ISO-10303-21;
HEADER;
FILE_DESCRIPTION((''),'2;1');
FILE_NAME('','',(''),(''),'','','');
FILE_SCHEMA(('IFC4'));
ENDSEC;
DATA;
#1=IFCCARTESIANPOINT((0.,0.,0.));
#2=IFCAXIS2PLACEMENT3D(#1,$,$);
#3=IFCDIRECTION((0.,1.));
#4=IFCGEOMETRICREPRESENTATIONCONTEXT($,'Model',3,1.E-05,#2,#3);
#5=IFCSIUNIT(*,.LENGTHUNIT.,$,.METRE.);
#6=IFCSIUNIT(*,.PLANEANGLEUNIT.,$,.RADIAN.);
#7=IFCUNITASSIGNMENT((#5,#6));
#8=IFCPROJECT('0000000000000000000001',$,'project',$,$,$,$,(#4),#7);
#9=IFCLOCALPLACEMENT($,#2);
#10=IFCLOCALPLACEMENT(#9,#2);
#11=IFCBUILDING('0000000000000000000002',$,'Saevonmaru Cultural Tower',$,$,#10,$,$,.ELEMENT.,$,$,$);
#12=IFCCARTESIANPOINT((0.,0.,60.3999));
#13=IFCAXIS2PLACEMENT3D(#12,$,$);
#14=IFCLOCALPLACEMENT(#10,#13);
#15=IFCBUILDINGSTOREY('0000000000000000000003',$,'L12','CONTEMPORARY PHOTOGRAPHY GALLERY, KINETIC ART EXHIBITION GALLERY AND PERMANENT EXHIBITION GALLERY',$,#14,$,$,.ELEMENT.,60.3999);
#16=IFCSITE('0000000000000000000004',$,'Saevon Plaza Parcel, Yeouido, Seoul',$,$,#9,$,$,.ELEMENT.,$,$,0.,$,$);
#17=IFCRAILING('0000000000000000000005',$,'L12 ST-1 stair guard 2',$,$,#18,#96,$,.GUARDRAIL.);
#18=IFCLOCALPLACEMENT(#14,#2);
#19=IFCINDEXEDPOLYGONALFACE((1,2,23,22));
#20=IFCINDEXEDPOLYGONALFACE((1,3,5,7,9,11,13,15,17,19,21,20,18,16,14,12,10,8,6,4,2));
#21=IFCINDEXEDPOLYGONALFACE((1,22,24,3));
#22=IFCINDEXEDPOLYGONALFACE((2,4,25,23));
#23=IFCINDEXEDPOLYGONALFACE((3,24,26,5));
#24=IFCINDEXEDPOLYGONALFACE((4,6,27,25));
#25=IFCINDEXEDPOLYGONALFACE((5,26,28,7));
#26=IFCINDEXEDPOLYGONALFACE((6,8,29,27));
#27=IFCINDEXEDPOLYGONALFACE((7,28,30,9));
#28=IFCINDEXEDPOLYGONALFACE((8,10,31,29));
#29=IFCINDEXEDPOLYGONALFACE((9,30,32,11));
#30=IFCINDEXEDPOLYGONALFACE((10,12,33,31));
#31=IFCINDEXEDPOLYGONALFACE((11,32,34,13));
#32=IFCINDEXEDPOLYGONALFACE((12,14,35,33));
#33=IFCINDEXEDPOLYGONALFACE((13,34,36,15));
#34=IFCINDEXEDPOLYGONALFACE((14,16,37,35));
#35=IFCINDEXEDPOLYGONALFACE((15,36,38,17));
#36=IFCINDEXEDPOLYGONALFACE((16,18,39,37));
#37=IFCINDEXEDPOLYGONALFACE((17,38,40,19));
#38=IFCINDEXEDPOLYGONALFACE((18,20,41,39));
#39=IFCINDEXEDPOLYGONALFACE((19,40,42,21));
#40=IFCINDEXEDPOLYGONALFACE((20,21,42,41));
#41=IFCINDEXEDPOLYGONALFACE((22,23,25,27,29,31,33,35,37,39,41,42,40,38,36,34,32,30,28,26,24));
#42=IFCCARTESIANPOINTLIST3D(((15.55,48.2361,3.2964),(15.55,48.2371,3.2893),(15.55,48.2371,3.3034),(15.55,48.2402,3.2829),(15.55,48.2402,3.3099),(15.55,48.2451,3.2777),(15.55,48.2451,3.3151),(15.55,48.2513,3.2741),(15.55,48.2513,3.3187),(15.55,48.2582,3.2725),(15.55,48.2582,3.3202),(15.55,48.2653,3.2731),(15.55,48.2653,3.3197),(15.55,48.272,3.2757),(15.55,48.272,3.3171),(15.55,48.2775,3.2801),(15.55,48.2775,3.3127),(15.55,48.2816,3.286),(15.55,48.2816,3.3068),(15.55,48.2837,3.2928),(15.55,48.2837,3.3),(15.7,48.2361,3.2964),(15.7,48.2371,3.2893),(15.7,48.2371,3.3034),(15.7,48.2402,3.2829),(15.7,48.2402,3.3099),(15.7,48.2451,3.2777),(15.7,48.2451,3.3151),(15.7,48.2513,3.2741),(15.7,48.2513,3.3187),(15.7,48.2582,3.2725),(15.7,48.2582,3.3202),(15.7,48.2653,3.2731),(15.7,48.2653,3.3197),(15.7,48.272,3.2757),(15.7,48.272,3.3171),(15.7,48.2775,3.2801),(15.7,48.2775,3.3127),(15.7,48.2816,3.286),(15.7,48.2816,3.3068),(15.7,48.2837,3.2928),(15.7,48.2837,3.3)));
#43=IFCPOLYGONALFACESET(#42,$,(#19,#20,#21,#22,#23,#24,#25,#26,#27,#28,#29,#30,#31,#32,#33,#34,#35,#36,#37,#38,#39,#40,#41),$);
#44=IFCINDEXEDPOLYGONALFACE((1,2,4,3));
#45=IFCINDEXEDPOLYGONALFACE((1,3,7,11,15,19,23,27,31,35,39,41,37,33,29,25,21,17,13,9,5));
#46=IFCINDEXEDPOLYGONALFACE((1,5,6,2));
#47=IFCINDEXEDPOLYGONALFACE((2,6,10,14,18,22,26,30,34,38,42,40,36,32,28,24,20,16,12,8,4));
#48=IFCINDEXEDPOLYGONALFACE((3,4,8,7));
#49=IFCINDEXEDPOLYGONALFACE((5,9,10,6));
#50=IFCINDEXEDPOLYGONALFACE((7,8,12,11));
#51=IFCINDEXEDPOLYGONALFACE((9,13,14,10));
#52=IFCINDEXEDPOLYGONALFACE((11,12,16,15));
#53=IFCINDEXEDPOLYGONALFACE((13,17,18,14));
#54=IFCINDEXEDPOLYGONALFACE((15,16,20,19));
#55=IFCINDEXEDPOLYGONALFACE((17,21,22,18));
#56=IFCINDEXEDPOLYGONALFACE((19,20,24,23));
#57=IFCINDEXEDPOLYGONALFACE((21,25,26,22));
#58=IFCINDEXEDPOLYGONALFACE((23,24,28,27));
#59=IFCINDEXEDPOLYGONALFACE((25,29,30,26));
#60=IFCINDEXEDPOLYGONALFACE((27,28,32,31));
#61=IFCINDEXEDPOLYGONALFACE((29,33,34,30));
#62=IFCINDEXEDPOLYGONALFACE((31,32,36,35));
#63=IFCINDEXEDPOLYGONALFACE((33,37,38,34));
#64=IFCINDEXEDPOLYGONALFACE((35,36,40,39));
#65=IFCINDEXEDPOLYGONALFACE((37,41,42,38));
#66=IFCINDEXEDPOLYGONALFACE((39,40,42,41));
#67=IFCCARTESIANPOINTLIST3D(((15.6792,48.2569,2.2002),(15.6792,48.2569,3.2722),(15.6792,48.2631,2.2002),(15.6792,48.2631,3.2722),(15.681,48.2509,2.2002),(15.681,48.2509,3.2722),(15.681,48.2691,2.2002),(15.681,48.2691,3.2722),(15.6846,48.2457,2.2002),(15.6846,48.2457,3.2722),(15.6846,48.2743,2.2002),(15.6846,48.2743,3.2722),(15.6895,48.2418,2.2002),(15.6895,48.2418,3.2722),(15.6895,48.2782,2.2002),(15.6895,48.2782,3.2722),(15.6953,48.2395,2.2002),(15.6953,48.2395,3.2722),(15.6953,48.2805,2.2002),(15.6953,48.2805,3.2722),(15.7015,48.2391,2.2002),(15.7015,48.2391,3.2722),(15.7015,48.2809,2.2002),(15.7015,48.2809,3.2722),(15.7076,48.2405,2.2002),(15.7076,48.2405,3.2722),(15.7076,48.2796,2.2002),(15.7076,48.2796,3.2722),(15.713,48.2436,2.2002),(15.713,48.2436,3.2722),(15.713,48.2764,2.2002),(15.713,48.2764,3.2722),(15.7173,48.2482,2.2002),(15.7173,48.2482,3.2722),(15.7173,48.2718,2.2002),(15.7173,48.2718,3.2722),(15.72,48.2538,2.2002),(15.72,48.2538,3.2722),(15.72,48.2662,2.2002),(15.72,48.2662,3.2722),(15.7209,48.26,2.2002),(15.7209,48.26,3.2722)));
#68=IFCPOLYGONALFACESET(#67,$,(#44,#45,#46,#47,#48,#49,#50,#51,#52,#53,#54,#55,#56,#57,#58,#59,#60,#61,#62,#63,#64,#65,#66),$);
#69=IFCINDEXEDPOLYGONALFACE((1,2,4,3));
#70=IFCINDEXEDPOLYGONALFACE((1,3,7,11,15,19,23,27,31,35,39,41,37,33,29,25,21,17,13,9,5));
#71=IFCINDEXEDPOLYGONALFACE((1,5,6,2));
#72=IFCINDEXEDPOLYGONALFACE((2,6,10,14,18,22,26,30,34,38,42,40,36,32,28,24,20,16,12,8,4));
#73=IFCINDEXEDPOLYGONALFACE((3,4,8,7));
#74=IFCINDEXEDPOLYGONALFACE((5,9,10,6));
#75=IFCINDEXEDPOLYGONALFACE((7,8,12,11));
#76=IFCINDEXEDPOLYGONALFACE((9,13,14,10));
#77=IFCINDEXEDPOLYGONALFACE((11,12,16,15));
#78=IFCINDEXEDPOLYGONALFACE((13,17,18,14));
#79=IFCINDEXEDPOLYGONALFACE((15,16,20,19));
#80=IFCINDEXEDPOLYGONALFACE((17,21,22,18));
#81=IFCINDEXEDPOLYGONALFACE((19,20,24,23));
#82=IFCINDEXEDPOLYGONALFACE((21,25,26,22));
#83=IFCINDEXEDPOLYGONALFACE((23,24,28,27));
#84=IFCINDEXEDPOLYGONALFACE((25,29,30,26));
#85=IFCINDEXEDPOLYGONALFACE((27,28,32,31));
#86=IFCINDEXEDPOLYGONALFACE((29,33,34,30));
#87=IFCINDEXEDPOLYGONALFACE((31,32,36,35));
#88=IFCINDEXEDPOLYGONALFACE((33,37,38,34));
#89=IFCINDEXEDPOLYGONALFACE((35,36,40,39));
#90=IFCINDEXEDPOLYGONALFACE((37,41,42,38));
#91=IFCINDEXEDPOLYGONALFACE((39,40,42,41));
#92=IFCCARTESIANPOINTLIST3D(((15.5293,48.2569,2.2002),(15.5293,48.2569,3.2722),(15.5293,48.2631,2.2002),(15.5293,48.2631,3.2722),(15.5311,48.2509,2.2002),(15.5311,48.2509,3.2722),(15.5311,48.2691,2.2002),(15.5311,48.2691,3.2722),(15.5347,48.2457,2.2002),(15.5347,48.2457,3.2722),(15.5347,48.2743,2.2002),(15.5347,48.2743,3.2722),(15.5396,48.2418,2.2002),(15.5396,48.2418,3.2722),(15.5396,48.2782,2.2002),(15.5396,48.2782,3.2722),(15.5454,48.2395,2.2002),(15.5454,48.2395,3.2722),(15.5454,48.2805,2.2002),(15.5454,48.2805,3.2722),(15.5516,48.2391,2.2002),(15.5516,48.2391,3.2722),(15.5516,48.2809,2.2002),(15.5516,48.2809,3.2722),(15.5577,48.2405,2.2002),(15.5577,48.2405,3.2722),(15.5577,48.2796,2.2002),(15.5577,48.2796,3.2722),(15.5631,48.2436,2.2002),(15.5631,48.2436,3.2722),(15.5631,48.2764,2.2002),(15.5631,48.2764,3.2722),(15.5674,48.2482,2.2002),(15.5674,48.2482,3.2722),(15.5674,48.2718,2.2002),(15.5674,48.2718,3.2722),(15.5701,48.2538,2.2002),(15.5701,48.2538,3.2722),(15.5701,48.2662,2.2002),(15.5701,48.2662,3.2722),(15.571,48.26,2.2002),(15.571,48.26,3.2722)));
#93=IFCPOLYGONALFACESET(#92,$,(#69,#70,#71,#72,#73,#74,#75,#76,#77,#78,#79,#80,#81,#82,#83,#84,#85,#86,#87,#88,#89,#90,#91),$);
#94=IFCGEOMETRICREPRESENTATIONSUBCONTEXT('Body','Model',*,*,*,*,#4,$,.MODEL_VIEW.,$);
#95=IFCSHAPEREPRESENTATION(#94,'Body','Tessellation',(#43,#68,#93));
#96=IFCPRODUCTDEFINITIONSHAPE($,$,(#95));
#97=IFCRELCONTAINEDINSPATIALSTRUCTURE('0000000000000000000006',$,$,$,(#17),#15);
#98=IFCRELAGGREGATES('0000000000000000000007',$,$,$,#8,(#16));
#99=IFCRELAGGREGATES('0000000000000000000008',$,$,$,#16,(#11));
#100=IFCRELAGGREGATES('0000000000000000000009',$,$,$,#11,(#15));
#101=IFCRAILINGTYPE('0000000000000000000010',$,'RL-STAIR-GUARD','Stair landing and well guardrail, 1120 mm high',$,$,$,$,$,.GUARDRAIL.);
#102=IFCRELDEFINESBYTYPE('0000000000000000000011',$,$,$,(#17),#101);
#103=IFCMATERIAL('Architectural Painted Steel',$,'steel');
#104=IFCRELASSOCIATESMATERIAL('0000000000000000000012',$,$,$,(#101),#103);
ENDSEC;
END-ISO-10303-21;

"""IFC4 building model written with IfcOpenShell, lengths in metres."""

from ifc_helpers import new_model, si_unit, direction, frame, origin, origin_2d, place, context, subcontext, project, spatial, circle, extrude, material, type_object, element, save


model = new_model("IFC4")

# Units and contexts
model_context = context("Model", 3, precision=1e-05, world=origin(), true_north=direction((0.0, 1.0)))
body_context = subcontext(model_context, "Body", "Model", "MODEL_VIEW")
ifc_project = project(units=[si_unit("LENGTHUNIT", "METRE"), si_unit("PLANEANGLEUNIT", "RADIAN")], contexts=[model_context])

# Site, building, storey
site_placement = place(None, origin())
site = spatial("IfcSite", under=ifc_project, at=site_placement, Name="Saevon Plaza Parcel, Yeouido, Seoul", CompositionType="ELEMENT", RefElevation=0.0)
building_placement = place(site_placement, origin())
building = spatial("IfcBuilding", under=site, at=building_placement, Name="Saevonmaru Cultural Tower", CompositionType="ELEMENT")
storey_placement = place(building_placement, frame((0.0, 0.0, 60.3999)))
storey = spatial("IfcBuildingStorey", under=building, at=storey_placement, Name="L12", Description="CONTEMPORARY PHOTOGRAPHY GALLERY, KINETIC ART EXHIBITION GALLERY AND PERMANENT EXHIBITION GALLERY", CompositionType="ELEMENT", Elevation=60.3999)

# Railing
ifc_material_1 = material(Name="Architectural Painted Steel", Category="steel")
railing_type = type_object("IfcRailingType", Name="RL-STAIR-GUARD", Description="Stair landing and well guardrail, 1120 mm high", PredefinedType="GUARDRAIL", material=ifc_material_1)
railing_1_placement = place(storey_placement, frame((15.7, 48.26, 2.2002)))
element("IfcRailing", 1, at=railing_1_placement, inside=storey, type_object=railing_type, Name="L12 ST-1 stair guard 2", PredefinedType="GUARDRAIL", context=body_context, shape_type="SweptSolid", body=[
    extrude(circle(Radius=0.0239, at=origin_2d()), frame((0.0, 0.0, 1.0962), z_axis=(-1.0, 0.0, 0.0), x_axis=(0.0, -1.0, 0.0)), (0.0, 0.0, 1.0), 0.1499),
    extrude(circle(Radius=0.021, at=origin_2d()), origin(), (0.0, 0.0, 1.0), 1.072),
    extrude(circle(Radius=0.021, at=origin_2d()), frame((-0.1499, 0.0, 0.0)), (0.0, 0.0, 1.0), 1.072),
])

save(model, "model.ifc")
